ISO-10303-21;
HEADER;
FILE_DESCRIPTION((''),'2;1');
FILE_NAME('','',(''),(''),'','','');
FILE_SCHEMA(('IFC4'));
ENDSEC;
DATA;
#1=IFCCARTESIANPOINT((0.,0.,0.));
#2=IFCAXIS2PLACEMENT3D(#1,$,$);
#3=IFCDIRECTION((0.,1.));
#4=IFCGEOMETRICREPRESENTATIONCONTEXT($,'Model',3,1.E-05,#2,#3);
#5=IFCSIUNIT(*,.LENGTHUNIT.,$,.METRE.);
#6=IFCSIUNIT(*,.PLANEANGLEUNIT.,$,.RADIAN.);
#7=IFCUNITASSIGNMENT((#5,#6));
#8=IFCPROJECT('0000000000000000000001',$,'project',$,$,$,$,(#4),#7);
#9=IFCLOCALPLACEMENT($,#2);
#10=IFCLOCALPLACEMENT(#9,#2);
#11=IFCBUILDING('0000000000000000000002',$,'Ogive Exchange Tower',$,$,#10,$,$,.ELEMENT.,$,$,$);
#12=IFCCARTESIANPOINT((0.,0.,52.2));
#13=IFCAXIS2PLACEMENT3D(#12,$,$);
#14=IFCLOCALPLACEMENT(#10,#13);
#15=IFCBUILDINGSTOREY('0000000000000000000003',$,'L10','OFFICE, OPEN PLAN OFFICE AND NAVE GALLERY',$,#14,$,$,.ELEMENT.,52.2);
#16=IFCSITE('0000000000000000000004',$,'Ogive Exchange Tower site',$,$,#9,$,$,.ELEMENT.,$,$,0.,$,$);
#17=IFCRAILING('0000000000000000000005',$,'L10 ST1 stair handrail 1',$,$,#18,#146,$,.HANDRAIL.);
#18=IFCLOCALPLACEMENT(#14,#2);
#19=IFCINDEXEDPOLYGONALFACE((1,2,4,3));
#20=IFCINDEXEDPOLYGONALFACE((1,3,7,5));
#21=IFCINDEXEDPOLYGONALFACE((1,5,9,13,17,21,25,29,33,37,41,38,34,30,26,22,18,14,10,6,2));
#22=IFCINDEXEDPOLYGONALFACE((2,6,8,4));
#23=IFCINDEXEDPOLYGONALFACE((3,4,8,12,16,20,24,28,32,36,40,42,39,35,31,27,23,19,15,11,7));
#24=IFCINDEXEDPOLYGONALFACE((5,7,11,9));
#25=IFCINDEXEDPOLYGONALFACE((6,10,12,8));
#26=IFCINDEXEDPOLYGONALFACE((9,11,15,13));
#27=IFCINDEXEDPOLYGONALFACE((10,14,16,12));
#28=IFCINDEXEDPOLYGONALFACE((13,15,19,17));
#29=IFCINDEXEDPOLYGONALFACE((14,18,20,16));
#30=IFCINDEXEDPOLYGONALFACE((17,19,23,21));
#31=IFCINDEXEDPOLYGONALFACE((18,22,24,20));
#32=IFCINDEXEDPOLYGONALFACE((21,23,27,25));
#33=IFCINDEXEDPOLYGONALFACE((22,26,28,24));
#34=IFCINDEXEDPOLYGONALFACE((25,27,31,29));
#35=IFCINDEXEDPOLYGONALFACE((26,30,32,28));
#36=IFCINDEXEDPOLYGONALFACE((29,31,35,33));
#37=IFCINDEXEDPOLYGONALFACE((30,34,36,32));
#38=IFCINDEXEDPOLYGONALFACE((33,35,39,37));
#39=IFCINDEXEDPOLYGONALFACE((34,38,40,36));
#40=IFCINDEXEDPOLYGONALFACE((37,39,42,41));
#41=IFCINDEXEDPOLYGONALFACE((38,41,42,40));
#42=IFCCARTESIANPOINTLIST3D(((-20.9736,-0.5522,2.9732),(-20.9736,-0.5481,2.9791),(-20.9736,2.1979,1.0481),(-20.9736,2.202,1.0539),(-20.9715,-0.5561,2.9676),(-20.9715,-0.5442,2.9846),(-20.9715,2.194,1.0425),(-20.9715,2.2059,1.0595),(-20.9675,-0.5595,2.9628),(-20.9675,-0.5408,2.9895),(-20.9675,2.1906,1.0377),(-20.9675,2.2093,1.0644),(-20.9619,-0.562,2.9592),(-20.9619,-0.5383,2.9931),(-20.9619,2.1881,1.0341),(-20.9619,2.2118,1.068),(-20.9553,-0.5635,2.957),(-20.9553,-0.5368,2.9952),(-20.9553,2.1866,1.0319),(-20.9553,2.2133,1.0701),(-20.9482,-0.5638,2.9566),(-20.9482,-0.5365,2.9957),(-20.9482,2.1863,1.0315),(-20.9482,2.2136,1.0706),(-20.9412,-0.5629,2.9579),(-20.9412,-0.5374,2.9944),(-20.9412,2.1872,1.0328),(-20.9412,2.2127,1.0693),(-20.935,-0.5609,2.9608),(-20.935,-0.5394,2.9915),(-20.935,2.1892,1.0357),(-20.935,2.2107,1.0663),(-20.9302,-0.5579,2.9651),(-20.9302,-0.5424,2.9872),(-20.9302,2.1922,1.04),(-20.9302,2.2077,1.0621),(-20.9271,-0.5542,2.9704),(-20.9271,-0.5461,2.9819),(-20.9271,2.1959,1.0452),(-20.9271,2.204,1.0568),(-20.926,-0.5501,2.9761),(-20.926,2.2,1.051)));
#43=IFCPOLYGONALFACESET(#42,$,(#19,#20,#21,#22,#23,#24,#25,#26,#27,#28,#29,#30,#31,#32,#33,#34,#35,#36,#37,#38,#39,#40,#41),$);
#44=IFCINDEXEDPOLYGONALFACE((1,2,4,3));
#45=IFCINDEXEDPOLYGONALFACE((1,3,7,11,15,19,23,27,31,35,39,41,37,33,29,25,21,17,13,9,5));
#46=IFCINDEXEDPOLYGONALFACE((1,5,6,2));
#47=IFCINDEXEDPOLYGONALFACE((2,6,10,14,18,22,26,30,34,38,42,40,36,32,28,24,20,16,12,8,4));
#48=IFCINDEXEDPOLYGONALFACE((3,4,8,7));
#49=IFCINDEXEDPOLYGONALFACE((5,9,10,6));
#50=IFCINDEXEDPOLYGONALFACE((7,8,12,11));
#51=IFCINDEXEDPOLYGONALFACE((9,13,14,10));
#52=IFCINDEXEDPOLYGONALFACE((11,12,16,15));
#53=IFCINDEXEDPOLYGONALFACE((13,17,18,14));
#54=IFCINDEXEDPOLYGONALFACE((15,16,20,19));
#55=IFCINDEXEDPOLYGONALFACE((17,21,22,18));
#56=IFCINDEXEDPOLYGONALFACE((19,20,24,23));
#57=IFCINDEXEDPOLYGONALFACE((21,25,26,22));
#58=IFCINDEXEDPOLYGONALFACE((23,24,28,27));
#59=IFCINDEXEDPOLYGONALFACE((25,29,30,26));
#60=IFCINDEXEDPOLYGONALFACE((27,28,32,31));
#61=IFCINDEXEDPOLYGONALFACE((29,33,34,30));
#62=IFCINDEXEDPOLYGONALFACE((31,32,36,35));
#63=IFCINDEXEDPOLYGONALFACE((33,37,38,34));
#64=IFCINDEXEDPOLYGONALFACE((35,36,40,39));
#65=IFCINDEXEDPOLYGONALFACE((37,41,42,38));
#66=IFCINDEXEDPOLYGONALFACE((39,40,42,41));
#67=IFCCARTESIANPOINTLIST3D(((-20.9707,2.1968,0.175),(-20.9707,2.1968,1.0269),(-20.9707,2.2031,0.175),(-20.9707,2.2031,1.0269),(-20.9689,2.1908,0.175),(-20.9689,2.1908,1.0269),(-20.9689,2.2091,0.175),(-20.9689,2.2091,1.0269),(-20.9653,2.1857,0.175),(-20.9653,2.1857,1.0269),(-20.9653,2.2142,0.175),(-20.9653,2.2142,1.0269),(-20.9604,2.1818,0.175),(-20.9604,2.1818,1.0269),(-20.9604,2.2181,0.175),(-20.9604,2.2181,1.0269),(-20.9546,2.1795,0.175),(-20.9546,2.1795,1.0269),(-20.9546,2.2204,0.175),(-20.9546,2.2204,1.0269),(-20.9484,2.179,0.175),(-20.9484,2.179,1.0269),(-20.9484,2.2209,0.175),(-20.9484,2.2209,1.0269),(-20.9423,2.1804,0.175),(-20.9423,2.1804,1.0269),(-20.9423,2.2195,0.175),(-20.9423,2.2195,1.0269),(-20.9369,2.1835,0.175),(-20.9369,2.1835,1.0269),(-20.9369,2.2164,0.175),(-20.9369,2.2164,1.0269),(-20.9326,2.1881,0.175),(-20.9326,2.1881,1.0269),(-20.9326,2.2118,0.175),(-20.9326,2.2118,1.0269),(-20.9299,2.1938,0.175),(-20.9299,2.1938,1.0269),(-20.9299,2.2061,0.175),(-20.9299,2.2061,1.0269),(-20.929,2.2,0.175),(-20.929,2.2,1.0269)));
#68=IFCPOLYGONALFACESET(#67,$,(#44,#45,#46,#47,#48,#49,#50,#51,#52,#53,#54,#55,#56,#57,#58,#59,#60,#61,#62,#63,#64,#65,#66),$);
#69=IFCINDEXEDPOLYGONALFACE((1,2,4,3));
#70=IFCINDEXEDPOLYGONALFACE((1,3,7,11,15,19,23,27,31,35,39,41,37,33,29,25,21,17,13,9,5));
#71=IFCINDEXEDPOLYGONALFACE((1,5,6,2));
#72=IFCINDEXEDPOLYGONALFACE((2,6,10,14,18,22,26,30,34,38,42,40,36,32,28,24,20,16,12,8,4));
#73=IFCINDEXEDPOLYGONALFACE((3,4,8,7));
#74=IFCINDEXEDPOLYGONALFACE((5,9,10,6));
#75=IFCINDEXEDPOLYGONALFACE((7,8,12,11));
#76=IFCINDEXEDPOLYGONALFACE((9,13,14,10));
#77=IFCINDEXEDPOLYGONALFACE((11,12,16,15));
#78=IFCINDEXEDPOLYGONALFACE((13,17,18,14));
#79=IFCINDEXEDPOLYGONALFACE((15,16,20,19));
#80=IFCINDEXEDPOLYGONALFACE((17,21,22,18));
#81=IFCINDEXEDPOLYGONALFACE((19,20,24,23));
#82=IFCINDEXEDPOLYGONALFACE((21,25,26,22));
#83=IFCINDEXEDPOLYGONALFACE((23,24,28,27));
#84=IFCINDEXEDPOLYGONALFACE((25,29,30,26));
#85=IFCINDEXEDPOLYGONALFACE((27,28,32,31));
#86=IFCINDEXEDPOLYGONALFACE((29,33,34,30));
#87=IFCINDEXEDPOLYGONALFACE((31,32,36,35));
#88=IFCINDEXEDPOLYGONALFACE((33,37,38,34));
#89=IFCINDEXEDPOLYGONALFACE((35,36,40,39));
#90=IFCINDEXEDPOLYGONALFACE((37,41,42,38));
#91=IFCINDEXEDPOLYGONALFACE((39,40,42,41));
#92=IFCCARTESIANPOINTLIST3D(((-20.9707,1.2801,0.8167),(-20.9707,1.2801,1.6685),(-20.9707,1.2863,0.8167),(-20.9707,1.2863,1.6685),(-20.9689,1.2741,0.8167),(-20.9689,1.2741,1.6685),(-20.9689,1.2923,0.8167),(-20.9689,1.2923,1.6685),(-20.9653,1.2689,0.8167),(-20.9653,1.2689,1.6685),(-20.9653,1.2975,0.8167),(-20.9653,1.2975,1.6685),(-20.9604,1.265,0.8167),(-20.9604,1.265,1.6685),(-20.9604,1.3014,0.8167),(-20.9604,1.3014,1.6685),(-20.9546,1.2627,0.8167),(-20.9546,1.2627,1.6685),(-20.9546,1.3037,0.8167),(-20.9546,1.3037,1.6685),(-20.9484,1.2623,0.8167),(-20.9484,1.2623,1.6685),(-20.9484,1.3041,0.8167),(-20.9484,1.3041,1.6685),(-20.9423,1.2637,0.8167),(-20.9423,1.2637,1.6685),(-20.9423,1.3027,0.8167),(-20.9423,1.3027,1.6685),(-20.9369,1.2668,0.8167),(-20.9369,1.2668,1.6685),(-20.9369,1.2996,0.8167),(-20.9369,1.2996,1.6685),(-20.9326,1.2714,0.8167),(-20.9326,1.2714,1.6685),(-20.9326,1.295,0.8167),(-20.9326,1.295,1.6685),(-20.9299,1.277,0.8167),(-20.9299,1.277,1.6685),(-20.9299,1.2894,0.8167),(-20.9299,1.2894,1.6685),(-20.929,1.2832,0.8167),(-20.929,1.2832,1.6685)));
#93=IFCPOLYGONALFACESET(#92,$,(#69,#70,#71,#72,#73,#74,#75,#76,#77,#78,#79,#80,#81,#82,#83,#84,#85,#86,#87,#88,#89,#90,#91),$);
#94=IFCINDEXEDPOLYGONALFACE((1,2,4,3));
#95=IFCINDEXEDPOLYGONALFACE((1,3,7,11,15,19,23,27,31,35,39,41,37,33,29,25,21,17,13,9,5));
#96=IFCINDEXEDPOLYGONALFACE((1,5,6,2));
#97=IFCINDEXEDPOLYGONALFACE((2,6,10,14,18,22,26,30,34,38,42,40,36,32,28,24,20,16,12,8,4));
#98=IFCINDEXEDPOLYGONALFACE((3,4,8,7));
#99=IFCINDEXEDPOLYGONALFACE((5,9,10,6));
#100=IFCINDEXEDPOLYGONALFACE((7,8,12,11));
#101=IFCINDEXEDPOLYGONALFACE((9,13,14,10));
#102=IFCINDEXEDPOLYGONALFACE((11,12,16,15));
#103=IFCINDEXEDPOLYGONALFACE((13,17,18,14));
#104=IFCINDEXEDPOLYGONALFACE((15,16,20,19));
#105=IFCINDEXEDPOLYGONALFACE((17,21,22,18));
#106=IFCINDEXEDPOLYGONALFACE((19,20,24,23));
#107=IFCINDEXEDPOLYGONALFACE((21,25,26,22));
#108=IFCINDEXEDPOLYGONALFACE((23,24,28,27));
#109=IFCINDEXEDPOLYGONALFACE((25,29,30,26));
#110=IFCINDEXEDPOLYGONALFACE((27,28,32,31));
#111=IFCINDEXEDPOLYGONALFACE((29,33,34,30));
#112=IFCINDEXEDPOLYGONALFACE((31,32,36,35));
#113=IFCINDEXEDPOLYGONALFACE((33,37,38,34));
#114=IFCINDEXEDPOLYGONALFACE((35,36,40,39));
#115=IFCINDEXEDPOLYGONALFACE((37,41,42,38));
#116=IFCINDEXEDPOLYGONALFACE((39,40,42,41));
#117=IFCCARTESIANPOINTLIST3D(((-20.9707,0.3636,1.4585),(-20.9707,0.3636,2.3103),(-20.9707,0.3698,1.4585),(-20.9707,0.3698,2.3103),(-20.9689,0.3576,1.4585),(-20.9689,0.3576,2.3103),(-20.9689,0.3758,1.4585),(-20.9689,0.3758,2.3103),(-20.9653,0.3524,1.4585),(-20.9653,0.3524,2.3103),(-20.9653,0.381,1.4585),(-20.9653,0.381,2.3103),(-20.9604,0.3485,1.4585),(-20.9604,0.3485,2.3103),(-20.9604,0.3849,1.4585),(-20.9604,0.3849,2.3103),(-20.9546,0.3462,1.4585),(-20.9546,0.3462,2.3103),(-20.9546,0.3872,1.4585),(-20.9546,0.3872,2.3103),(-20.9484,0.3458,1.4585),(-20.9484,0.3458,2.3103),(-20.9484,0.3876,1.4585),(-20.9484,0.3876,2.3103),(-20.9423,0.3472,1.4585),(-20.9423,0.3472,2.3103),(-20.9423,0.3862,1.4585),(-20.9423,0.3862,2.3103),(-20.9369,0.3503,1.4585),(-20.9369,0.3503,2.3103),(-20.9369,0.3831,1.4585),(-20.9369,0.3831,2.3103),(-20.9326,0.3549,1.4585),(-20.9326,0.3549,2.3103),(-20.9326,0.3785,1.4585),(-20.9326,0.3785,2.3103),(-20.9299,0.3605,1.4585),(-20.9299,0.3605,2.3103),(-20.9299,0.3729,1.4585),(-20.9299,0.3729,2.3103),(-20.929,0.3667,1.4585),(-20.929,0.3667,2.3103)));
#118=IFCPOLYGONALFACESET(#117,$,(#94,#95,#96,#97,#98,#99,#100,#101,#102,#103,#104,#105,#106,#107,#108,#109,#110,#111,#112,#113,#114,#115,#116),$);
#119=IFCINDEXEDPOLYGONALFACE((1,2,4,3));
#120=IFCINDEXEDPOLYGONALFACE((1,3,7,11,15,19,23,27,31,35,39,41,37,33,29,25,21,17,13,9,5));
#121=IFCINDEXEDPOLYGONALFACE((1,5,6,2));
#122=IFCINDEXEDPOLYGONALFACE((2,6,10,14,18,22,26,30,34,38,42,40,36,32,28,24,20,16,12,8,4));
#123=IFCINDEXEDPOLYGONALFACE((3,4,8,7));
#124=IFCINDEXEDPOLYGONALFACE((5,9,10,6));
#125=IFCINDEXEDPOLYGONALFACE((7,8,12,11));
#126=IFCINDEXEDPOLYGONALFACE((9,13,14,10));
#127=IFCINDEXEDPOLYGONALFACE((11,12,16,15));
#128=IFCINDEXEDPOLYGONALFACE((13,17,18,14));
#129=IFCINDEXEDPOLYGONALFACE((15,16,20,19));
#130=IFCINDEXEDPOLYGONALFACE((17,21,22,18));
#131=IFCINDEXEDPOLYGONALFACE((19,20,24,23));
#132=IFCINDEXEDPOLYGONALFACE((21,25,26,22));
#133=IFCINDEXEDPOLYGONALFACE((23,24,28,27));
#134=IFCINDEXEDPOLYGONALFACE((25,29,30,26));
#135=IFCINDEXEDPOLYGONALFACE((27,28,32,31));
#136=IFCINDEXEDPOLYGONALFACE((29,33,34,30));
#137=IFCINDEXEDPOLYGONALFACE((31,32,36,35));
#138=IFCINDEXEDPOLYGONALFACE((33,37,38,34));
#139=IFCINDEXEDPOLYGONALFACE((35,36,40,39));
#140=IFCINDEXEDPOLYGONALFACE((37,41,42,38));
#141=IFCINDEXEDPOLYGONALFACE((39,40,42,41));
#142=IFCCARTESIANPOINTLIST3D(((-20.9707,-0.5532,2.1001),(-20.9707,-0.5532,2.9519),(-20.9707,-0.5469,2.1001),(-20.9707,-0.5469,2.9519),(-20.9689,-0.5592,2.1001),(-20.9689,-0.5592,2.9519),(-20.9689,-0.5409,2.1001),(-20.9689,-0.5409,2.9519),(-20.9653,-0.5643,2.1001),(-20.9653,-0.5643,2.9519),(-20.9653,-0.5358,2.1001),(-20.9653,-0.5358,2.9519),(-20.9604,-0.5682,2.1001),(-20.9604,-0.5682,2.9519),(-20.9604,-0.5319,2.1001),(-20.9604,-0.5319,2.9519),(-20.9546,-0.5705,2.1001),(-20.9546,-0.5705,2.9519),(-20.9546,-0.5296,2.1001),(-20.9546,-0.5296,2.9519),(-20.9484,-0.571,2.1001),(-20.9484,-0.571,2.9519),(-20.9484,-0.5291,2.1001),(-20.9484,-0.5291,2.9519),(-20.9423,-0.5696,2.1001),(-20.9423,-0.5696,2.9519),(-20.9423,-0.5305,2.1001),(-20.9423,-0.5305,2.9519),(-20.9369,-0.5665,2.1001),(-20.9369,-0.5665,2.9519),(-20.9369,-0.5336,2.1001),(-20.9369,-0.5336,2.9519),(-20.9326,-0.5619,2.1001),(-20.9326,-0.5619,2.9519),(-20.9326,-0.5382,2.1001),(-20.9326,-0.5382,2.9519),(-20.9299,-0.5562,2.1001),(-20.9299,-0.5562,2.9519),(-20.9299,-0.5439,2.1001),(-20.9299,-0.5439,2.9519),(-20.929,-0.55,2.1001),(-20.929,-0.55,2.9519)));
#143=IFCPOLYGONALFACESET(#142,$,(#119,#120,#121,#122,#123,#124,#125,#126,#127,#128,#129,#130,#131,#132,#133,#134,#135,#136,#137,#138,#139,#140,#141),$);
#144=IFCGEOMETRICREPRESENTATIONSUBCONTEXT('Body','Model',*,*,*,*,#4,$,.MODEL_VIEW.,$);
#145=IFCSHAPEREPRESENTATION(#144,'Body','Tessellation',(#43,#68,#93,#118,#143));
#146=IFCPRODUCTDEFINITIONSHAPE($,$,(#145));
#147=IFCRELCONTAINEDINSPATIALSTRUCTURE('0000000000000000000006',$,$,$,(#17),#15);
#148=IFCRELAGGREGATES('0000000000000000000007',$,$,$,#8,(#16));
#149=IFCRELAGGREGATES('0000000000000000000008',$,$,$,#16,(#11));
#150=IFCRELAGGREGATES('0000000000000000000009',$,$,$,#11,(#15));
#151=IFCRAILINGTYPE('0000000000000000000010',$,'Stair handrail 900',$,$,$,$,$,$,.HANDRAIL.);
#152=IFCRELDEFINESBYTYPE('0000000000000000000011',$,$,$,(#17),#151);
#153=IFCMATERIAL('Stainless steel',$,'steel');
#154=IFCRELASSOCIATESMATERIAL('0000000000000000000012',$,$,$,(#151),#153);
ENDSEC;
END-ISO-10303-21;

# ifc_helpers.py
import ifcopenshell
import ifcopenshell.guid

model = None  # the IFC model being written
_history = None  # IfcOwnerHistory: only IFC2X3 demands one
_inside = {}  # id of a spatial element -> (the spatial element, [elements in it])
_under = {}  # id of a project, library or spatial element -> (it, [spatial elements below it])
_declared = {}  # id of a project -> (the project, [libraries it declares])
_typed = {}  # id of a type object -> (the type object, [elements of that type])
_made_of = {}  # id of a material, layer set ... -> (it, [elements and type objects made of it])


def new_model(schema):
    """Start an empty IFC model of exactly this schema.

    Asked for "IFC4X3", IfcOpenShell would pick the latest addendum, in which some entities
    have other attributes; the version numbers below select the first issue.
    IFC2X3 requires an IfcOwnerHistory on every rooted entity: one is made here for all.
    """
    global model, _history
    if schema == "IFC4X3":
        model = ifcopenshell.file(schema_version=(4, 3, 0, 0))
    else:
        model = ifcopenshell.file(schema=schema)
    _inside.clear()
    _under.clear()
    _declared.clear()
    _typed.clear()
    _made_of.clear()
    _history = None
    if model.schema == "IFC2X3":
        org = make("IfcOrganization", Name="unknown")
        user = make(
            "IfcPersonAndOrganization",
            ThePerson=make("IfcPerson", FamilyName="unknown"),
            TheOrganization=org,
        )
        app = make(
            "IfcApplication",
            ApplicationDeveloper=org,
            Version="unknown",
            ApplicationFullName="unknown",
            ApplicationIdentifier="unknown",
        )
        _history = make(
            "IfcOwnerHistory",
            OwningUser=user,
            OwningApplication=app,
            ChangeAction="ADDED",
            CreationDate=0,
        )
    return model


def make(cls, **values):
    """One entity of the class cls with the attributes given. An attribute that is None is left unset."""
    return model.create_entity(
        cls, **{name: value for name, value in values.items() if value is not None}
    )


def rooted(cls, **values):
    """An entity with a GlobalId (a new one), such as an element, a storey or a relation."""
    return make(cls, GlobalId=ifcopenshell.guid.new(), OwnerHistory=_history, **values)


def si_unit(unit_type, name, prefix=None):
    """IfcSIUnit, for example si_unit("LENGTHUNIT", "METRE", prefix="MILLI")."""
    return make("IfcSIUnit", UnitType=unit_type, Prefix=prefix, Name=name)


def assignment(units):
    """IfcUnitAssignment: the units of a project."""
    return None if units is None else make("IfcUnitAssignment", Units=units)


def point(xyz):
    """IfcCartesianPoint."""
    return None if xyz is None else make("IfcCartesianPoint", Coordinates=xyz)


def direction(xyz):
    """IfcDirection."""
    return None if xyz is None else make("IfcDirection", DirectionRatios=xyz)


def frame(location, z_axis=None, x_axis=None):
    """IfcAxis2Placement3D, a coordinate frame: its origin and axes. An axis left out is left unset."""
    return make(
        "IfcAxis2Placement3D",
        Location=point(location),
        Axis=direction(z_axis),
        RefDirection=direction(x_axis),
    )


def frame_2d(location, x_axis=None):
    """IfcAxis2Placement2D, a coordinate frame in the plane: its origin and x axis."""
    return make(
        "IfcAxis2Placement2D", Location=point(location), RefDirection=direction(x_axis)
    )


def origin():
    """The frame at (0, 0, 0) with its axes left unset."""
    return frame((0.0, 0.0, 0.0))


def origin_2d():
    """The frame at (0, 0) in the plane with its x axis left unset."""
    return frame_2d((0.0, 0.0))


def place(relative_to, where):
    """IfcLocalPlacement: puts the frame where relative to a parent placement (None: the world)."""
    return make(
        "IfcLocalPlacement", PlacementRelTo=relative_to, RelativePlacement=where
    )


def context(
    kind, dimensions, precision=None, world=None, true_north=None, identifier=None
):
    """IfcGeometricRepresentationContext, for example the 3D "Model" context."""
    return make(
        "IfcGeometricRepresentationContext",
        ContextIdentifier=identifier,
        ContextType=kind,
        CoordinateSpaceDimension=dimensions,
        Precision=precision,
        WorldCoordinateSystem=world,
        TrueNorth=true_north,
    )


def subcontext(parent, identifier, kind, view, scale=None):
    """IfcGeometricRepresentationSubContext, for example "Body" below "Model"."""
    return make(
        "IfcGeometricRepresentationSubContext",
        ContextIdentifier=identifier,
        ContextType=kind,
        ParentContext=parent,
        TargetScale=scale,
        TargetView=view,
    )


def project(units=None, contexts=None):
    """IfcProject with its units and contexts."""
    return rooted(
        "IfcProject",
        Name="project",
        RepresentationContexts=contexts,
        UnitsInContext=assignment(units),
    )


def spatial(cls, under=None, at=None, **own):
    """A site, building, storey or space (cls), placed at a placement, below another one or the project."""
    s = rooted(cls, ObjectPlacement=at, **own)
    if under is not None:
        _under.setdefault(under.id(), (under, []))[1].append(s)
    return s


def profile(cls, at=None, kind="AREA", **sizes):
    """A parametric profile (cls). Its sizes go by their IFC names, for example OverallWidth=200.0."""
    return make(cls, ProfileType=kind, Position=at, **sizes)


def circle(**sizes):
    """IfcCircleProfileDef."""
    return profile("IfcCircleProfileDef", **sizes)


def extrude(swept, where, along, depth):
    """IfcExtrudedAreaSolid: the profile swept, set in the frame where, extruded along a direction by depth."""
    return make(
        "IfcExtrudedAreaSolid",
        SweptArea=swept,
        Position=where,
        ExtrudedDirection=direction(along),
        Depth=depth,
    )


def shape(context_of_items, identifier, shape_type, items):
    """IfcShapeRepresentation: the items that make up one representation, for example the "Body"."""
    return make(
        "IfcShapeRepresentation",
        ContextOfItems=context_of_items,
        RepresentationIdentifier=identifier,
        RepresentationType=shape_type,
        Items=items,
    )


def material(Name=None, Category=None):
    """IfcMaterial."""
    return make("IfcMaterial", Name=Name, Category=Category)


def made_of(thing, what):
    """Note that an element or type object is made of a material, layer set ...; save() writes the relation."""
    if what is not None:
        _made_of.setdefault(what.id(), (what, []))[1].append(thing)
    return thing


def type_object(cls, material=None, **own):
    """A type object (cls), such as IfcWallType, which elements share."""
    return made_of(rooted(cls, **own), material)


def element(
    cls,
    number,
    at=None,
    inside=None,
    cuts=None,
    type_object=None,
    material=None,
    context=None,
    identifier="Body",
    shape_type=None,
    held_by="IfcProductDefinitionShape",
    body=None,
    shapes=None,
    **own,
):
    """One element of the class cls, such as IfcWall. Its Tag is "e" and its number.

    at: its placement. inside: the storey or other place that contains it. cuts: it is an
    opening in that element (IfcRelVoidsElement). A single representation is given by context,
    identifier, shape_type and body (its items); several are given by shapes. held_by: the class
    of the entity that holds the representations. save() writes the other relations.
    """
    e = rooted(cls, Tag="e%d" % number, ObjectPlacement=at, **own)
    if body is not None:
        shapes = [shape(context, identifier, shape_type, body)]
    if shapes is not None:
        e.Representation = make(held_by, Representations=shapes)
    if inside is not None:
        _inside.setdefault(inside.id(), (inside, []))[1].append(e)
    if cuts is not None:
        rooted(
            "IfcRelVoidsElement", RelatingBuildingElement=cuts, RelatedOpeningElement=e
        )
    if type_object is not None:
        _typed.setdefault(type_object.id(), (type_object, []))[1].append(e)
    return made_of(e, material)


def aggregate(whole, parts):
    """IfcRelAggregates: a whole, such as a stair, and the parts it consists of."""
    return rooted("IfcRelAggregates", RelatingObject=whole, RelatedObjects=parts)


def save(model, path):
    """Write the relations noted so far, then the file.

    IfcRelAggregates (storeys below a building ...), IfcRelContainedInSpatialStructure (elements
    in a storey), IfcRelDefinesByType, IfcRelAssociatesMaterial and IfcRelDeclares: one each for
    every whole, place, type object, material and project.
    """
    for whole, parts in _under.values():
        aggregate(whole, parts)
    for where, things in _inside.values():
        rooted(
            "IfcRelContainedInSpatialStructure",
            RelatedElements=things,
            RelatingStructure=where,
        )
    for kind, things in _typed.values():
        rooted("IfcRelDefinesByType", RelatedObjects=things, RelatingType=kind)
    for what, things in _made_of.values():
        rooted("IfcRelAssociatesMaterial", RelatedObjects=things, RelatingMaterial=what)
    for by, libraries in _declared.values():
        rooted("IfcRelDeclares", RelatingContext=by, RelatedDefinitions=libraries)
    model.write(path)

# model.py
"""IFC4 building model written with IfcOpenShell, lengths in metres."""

from ifc_helpers import new_model, si_unit, direction, frame, origin, origin_2d, place, context, subcontext, project, spatial, circle, extrude, material, type_object, element, save


model = new_model("IFC4")

# Units and contexts
model_context = context("Model", 3, precision=1e-05, world=origin(), true_north=direction((0.0, 1.0)))
body_context = subcontext(model_context, "Body", "Model", "MODEL_VIEW")
ifc_project = project(units=[si_unit("LENGTHUNIT", "METRE"), si_unit("PLANEANGLEUNIT", "RADIAN")], contexts=[model_context])

# Site, building, storey
site_placement = place(None, origin())
site = spatial("IfcSite", under=ifc_project, at=site_placement, Name="Ogive Exchange Tower site", CompositionType="ELEMENT", RefElevation=0.0)
building_placement = place(site_placement, origin())
building = spatial("IfcBuilding", under=site, at=building_placement, Name="Ogive Exchange Tower", CompositionType="ELEMENT")
storey_placement = place(building_placement, frame((0.0, 0.0, 52.2)))
storey = spatial("IfcBuildingStorey", under=building, at=storey_placement, Name="L10", Description="OFFICE, OPEN PLAN OFFICE AND NAVE GALLERY", CompositionType="ELEMENT", Elevation=52.2)

# Railing
ifc_material_1 = material(Name="Stainless steel", Category="steel")
railing_type = type_object("IfcRailingType", Name="Stair handrail 900", PredefinedType="HANDRAIL", material=ifc_material_1)
railing_placement = place(storey_placement, frame((-20.95, 2.2, 0.175)))
element("IfcRailing", 1, at=railing_placement, inside=storey, type_object=railing_type, Name="L10 ST1 stair handrail 1", PredefinedType="HANDRAIL", context=body_context, shape_type="SweptSolid", body=[
    extrude(circle(Radius=0.0239, at=origin_2d()), frame((0.0, 0.0, 0.876), z_axis=(0.0, -0.819225, 0.573472), x_axis=(1.0, 0.0, 0.0)), (0.0, 0.0, 1.0), 3.3569),
    extrude(circle(Radius=0.021, at=origin_2d()), origin(), (0.0, 0.0, 1.0), 0.8518),
    extrude(circle(Radius=0.021, at=origin_2d()), frame((0.0, -0.9167, 0.6416)), (0.0, 0.0, 1.0), 0.8518),
    extrude(circle(Radius=0.021, at=origin_2d()), frame((0.0, -1.8333, 1.2834)), (0.0, 0.0, 1.0), 0.8518),
    extrude(circle(Radius=0.021, at=origin_2d()), frame((0.0, -2.75, 1.925)), (0.0, 0.0, 1.0), 0.8518),
])

save(model, "model.ifc")
